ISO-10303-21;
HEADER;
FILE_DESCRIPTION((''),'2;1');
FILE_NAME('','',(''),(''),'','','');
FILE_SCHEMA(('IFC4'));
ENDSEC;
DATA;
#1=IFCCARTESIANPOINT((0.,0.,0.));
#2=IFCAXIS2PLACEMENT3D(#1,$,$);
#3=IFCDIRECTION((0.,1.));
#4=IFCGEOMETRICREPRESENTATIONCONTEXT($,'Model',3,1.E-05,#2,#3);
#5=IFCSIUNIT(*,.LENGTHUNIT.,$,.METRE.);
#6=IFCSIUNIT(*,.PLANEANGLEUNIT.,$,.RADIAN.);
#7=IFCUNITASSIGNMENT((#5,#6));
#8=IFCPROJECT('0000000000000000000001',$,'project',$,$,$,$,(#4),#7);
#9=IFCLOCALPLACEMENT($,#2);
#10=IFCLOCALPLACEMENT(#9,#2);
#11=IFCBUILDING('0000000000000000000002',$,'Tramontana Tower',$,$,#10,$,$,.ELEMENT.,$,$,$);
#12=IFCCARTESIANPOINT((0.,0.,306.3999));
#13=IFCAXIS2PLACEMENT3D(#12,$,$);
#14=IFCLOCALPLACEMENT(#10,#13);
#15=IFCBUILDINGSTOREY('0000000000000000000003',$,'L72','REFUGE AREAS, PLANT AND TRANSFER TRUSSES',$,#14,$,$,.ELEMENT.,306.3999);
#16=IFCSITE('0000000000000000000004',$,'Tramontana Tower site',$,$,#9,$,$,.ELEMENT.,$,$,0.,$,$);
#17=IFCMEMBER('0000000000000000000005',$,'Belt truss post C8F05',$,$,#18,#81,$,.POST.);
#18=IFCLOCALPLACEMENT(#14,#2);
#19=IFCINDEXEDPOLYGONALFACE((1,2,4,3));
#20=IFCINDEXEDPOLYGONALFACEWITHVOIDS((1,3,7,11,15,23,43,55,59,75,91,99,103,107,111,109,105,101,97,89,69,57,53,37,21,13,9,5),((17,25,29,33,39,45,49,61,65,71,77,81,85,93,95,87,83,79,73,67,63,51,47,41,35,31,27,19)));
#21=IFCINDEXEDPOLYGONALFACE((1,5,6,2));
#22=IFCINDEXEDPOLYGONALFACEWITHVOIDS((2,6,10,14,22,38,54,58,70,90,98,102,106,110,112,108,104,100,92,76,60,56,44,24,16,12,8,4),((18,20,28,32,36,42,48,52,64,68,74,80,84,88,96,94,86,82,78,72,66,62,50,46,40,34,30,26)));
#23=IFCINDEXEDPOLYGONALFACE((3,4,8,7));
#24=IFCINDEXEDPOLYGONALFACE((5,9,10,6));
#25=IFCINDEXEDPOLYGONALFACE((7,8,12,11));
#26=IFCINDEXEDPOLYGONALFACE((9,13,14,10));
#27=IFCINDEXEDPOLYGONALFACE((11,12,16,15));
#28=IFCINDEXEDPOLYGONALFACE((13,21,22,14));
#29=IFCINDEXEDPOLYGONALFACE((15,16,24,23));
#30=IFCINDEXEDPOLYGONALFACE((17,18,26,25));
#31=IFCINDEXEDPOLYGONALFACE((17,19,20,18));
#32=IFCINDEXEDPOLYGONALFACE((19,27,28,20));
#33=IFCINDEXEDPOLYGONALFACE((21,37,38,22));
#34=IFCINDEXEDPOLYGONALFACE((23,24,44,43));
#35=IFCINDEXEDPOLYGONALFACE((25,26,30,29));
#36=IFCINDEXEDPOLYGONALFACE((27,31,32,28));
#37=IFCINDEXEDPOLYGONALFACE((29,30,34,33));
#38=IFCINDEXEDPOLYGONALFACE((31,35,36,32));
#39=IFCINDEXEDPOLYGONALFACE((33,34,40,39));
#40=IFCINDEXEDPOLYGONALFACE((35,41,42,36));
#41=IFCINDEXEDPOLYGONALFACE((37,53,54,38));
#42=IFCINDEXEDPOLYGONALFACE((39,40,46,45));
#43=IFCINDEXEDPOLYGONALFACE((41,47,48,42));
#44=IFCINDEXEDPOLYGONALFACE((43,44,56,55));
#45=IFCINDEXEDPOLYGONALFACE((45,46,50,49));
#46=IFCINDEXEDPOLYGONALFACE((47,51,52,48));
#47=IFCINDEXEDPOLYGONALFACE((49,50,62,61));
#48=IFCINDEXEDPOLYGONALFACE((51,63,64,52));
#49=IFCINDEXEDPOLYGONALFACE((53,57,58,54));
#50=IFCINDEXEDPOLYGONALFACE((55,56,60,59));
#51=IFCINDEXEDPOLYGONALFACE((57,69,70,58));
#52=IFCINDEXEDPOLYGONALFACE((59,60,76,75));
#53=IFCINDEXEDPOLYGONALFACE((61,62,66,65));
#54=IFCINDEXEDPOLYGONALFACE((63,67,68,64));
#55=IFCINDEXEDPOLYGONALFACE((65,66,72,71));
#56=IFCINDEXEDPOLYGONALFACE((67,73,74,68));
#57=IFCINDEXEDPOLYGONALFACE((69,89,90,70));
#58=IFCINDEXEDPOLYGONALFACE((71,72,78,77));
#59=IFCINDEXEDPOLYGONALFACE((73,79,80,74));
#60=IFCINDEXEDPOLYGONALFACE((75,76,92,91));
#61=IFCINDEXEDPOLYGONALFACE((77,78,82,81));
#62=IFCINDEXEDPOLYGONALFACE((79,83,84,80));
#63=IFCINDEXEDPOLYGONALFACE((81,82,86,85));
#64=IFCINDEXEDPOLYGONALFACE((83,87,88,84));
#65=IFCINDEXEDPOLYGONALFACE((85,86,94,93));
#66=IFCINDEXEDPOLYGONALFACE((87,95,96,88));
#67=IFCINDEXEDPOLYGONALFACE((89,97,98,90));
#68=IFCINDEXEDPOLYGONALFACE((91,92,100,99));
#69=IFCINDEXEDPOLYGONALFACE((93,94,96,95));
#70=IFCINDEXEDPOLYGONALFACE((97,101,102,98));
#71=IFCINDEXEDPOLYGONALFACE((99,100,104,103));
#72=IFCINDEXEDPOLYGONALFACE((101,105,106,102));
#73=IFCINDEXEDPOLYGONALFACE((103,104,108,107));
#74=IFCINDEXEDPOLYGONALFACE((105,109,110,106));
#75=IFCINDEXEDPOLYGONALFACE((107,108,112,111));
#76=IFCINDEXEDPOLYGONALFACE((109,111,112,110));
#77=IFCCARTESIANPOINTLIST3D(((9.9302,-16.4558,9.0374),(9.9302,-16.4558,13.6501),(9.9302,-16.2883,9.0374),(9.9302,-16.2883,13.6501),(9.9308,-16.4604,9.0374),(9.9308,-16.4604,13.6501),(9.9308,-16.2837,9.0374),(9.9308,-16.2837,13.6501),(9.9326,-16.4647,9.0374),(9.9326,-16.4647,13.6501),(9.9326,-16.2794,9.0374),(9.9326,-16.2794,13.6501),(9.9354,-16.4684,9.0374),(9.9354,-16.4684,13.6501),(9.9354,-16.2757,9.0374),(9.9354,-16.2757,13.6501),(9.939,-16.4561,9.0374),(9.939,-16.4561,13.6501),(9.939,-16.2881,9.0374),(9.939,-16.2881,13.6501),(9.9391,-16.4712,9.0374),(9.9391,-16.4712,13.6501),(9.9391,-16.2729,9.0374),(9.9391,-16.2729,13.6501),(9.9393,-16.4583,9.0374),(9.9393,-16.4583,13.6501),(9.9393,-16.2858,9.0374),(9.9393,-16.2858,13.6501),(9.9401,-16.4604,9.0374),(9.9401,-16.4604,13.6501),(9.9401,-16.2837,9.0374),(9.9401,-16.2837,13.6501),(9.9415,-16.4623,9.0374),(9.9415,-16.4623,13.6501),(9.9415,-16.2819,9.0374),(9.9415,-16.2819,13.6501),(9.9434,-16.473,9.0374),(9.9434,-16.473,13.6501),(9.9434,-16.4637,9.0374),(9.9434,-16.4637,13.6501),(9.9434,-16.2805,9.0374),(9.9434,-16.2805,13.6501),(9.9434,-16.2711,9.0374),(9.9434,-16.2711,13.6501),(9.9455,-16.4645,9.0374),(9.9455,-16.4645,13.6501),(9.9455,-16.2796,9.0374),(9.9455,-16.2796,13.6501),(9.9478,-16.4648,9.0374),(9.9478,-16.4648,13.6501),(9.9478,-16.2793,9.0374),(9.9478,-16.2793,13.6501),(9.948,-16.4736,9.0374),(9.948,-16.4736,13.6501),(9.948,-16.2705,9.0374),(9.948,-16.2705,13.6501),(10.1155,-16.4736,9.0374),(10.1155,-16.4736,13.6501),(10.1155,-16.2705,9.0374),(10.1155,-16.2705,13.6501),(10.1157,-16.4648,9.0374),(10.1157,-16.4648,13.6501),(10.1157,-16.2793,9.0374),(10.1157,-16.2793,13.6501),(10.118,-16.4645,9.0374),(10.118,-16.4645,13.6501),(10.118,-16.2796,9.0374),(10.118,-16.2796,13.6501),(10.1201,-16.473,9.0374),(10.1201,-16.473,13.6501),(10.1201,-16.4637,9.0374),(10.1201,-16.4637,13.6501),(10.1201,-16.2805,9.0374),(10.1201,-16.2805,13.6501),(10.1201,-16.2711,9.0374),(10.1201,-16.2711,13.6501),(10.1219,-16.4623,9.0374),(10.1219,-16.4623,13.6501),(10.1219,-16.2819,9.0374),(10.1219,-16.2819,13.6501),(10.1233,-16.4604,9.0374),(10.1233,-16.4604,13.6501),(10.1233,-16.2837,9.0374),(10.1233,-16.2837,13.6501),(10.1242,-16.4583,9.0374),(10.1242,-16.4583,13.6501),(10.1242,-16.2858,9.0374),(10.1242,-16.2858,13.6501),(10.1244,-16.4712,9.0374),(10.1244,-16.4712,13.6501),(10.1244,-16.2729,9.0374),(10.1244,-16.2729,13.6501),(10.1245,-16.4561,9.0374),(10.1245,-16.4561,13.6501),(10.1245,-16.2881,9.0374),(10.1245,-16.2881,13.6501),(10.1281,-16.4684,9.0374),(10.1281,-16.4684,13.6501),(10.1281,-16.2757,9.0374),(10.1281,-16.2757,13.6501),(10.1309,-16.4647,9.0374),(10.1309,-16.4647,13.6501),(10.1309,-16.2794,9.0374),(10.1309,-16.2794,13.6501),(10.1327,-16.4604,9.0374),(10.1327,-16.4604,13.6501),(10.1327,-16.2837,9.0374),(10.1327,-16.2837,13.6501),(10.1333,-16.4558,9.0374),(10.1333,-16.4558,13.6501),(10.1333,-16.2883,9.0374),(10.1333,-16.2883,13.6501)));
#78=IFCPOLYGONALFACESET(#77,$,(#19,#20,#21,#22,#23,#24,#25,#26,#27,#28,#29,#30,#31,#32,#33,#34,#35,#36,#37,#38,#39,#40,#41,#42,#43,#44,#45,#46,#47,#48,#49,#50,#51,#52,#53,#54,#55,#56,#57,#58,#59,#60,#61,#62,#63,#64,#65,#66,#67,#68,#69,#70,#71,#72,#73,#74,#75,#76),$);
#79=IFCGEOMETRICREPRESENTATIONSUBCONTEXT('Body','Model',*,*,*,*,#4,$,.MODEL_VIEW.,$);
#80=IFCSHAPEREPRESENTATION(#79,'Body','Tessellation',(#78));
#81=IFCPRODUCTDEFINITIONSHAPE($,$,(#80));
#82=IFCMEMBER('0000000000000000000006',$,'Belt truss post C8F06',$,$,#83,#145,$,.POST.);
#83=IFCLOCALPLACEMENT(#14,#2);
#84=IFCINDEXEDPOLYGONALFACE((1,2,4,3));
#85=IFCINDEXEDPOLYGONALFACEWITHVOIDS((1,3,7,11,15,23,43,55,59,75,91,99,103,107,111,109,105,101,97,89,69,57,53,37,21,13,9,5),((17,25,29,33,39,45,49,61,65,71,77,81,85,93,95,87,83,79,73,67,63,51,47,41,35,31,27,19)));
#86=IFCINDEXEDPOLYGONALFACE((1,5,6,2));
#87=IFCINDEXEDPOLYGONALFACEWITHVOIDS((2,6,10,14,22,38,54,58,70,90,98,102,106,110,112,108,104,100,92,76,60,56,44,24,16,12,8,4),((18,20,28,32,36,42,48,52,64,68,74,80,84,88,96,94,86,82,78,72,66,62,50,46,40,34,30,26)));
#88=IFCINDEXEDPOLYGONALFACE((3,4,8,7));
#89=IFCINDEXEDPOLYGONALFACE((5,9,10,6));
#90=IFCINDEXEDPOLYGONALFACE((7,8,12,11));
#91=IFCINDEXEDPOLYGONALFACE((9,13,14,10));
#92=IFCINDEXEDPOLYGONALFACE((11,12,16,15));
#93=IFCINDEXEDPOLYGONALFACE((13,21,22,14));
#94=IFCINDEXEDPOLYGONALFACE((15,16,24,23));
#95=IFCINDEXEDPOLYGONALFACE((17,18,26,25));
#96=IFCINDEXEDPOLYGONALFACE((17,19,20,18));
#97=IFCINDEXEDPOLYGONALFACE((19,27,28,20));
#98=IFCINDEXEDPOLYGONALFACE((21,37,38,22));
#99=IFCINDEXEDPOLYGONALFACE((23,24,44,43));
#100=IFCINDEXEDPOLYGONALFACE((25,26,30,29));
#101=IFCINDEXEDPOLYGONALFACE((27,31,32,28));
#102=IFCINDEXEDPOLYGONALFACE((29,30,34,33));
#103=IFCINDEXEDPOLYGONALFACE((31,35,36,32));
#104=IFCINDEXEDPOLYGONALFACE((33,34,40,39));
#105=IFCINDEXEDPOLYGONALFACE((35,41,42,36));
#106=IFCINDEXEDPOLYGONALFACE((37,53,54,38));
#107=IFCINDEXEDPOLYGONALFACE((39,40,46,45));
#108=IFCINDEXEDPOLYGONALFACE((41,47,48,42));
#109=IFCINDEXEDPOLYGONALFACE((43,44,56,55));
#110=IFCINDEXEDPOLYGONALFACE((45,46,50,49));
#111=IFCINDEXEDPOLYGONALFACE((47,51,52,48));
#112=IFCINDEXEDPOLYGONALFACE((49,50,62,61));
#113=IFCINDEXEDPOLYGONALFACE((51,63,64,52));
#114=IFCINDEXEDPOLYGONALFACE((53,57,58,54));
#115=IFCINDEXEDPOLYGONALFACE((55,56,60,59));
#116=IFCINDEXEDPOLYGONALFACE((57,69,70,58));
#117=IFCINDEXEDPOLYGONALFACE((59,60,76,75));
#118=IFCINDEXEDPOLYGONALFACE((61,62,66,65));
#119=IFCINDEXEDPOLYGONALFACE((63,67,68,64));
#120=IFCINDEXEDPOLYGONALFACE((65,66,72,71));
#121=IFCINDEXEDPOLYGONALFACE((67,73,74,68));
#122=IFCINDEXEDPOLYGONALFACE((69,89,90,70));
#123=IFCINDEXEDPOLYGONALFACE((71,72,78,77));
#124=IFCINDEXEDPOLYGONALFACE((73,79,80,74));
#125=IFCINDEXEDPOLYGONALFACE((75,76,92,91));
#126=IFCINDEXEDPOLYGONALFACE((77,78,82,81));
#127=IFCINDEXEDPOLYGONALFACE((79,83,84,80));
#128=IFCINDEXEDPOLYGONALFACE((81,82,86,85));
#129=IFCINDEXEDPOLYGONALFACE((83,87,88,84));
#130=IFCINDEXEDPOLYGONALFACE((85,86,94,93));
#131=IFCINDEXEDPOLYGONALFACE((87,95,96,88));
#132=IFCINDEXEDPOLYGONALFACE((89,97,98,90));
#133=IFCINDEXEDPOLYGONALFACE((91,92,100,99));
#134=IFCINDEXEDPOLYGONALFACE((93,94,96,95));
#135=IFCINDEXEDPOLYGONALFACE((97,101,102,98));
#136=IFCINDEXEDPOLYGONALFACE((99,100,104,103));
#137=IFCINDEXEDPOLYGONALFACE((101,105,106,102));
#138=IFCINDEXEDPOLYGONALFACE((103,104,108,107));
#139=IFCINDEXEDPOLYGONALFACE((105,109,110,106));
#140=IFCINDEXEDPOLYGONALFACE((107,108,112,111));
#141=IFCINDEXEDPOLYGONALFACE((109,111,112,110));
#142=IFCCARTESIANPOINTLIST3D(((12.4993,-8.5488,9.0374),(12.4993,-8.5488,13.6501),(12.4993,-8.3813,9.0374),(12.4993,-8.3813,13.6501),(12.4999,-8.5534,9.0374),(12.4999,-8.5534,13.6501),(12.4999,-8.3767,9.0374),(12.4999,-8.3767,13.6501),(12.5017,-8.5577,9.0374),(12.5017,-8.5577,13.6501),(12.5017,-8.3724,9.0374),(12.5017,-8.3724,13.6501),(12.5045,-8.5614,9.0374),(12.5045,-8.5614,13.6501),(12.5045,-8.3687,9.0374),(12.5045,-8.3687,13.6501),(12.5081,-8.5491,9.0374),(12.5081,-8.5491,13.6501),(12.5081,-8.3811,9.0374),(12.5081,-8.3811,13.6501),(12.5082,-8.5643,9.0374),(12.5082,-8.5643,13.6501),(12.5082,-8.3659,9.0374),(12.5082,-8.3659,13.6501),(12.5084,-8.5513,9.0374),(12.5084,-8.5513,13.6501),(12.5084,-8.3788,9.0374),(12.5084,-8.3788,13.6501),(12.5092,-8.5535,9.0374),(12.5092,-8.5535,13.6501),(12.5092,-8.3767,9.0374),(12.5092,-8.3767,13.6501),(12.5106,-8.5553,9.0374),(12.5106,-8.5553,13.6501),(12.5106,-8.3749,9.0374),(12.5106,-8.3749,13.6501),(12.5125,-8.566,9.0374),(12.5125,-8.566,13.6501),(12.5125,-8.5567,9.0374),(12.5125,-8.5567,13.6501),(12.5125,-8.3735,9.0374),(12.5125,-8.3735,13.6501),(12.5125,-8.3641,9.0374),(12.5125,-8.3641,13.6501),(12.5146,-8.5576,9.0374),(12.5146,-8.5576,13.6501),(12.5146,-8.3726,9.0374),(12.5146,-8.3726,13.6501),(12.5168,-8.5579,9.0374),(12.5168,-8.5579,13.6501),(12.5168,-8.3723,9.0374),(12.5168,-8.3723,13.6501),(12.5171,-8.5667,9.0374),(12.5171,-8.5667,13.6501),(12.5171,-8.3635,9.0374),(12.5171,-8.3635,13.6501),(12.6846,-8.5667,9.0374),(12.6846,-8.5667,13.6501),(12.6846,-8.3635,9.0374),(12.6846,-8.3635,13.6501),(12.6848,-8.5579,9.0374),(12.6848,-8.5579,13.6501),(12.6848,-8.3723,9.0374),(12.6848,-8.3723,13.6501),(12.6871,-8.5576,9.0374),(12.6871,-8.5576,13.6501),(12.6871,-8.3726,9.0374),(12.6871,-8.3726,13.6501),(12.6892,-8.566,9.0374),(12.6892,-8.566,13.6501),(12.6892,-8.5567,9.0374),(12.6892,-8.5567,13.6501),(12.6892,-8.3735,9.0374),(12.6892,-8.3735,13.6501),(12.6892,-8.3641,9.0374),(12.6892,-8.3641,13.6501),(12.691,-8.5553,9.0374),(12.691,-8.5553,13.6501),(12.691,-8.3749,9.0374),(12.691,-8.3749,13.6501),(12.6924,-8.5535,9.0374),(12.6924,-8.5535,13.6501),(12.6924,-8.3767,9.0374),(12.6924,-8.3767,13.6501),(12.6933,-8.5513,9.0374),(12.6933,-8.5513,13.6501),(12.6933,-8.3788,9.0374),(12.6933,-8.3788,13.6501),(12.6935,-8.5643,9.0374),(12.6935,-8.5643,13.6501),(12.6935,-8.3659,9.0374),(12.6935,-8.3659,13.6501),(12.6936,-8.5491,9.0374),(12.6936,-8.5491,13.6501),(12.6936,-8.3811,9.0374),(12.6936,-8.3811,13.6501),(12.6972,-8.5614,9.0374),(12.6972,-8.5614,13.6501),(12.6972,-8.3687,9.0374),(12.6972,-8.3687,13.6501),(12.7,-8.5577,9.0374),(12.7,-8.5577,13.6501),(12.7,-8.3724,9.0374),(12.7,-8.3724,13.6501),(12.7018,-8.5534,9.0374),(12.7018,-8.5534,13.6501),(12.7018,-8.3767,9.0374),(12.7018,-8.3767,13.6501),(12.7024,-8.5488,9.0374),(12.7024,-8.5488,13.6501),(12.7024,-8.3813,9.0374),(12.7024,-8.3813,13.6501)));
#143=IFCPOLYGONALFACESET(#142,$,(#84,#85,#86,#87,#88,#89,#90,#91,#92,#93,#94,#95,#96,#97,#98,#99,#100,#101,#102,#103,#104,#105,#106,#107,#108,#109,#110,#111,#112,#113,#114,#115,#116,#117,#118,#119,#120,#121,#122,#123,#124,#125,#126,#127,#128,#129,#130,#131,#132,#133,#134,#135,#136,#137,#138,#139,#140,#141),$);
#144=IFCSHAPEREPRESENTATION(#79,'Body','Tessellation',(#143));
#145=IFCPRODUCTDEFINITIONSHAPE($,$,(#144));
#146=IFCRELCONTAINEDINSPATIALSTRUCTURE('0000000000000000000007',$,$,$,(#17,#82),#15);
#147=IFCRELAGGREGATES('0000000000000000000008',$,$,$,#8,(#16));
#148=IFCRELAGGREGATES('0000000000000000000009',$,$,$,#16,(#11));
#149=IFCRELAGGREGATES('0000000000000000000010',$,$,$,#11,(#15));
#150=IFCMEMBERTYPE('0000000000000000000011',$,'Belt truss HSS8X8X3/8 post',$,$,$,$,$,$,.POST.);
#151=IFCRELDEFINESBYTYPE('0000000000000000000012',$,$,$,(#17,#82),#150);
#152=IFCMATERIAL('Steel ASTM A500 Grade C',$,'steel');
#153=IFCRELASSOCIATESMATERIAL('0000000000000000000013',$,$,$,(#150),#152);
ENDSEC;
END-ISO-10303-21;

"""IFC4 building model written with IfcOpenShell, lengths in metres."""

from ifc_helpers import new_model, si_unit, direction, frame, origin, origin_2d, place, context, subcontext, project, spatial, hollow_rectangle, extrude, material, material_profile, profile_set, type_object, element, save


model = new_model("IFC4")

# Units and contexts
model_context = context("Model", 3, precision=1e-05, world=origin(), true_north=direction((0.0, 1.0)))
body_context = subcontext(model_context, "Body", "Model", "MODEL_VIEW")
ifc_project = project(units=[si_unit("LENGTHUNIT", "METRE"), si_unit("PLANEANGLEUNIT", "RADIAN")], contexts=[model_context])

# Site, building, storey
site_placement = place(None, origin())
site = spatial("IfcSite", under=ifc_project, at=site_placement, Name="Tramontana Tower site", CompositionType="ELEMENT", RefElevation=0.0)
building_placement = place(site_placement, origin())
building = spatial("IfcBuilding", under=site, at=building_placement, Name="Tramontana Tower", CompositionType="ELEMENT")
storey_placement = place(building_placement, frame((0.0, 0.0, 306.3999)))
storey = spatial("IfcBuildingStorey", under=building, at=storey_placement, Name="L72", Description="REFUGE AREAS, PLANT AND TRANSFER TRUSSES", CompositionType="ELEMENT", Elevation=306.3999)

# Members
ifc_material_1 = material(Name="Steel ASTM A500 Grade C", Category="steel")
ifc_material_profile_1 = material_profile(ifc_material_1, hollow_rectangle(XDim=0.2031, YDim=0.2031, WallThickness=0.0088, InnerFilletRadius=0.0088, OuterFilletRadius=0.0178, at=origin_2d()), Name="HSS8X8X3/8")
ifc_profile_set_1 = profile_set([ifc_material_profile_1], Name="Steel ASTM A500 Grade C")
member_type_1 = type_object("IfcMemberType", Name="Belt truss HSS8X8X3/8 post", PredefinedType="POST", material=ifc_profile_set_1)
for number, where, z_axis, x_axis, name in (
    (1, (10.0317, -16.3721, 9.0374), (0.0, 0.0, 1.0), (1.0, 0.0, 0.0), "Belt truss post C8F05"),
    (2, (12.6008, -8.4651, 9.0374), (0.0, 0.0, 1.0), (1.0, 0.0, 0.0), "Belt truss post C8F06"),
):
    element("IfcMember", number, at=place(storey_placement, frame(where, z_axis=z_axis, x_axis=x_axis)), inside=storey, type_object=member_type_1, Name=name, PredefinedType="POST", context=body_context, shape_type="SweptSolid", body=[
        extrude(hollow_rectangle(XDim=0.2031, YDim=0.2031, WallThickness=0.0088, InnerFilletRadius=0.0088, OuterFilletRadius=0.0178, at=origin_2d()), origin(), (0.0, 0.0, 1.0), 4.6128),
    ])

save(model, "model.ifc")
